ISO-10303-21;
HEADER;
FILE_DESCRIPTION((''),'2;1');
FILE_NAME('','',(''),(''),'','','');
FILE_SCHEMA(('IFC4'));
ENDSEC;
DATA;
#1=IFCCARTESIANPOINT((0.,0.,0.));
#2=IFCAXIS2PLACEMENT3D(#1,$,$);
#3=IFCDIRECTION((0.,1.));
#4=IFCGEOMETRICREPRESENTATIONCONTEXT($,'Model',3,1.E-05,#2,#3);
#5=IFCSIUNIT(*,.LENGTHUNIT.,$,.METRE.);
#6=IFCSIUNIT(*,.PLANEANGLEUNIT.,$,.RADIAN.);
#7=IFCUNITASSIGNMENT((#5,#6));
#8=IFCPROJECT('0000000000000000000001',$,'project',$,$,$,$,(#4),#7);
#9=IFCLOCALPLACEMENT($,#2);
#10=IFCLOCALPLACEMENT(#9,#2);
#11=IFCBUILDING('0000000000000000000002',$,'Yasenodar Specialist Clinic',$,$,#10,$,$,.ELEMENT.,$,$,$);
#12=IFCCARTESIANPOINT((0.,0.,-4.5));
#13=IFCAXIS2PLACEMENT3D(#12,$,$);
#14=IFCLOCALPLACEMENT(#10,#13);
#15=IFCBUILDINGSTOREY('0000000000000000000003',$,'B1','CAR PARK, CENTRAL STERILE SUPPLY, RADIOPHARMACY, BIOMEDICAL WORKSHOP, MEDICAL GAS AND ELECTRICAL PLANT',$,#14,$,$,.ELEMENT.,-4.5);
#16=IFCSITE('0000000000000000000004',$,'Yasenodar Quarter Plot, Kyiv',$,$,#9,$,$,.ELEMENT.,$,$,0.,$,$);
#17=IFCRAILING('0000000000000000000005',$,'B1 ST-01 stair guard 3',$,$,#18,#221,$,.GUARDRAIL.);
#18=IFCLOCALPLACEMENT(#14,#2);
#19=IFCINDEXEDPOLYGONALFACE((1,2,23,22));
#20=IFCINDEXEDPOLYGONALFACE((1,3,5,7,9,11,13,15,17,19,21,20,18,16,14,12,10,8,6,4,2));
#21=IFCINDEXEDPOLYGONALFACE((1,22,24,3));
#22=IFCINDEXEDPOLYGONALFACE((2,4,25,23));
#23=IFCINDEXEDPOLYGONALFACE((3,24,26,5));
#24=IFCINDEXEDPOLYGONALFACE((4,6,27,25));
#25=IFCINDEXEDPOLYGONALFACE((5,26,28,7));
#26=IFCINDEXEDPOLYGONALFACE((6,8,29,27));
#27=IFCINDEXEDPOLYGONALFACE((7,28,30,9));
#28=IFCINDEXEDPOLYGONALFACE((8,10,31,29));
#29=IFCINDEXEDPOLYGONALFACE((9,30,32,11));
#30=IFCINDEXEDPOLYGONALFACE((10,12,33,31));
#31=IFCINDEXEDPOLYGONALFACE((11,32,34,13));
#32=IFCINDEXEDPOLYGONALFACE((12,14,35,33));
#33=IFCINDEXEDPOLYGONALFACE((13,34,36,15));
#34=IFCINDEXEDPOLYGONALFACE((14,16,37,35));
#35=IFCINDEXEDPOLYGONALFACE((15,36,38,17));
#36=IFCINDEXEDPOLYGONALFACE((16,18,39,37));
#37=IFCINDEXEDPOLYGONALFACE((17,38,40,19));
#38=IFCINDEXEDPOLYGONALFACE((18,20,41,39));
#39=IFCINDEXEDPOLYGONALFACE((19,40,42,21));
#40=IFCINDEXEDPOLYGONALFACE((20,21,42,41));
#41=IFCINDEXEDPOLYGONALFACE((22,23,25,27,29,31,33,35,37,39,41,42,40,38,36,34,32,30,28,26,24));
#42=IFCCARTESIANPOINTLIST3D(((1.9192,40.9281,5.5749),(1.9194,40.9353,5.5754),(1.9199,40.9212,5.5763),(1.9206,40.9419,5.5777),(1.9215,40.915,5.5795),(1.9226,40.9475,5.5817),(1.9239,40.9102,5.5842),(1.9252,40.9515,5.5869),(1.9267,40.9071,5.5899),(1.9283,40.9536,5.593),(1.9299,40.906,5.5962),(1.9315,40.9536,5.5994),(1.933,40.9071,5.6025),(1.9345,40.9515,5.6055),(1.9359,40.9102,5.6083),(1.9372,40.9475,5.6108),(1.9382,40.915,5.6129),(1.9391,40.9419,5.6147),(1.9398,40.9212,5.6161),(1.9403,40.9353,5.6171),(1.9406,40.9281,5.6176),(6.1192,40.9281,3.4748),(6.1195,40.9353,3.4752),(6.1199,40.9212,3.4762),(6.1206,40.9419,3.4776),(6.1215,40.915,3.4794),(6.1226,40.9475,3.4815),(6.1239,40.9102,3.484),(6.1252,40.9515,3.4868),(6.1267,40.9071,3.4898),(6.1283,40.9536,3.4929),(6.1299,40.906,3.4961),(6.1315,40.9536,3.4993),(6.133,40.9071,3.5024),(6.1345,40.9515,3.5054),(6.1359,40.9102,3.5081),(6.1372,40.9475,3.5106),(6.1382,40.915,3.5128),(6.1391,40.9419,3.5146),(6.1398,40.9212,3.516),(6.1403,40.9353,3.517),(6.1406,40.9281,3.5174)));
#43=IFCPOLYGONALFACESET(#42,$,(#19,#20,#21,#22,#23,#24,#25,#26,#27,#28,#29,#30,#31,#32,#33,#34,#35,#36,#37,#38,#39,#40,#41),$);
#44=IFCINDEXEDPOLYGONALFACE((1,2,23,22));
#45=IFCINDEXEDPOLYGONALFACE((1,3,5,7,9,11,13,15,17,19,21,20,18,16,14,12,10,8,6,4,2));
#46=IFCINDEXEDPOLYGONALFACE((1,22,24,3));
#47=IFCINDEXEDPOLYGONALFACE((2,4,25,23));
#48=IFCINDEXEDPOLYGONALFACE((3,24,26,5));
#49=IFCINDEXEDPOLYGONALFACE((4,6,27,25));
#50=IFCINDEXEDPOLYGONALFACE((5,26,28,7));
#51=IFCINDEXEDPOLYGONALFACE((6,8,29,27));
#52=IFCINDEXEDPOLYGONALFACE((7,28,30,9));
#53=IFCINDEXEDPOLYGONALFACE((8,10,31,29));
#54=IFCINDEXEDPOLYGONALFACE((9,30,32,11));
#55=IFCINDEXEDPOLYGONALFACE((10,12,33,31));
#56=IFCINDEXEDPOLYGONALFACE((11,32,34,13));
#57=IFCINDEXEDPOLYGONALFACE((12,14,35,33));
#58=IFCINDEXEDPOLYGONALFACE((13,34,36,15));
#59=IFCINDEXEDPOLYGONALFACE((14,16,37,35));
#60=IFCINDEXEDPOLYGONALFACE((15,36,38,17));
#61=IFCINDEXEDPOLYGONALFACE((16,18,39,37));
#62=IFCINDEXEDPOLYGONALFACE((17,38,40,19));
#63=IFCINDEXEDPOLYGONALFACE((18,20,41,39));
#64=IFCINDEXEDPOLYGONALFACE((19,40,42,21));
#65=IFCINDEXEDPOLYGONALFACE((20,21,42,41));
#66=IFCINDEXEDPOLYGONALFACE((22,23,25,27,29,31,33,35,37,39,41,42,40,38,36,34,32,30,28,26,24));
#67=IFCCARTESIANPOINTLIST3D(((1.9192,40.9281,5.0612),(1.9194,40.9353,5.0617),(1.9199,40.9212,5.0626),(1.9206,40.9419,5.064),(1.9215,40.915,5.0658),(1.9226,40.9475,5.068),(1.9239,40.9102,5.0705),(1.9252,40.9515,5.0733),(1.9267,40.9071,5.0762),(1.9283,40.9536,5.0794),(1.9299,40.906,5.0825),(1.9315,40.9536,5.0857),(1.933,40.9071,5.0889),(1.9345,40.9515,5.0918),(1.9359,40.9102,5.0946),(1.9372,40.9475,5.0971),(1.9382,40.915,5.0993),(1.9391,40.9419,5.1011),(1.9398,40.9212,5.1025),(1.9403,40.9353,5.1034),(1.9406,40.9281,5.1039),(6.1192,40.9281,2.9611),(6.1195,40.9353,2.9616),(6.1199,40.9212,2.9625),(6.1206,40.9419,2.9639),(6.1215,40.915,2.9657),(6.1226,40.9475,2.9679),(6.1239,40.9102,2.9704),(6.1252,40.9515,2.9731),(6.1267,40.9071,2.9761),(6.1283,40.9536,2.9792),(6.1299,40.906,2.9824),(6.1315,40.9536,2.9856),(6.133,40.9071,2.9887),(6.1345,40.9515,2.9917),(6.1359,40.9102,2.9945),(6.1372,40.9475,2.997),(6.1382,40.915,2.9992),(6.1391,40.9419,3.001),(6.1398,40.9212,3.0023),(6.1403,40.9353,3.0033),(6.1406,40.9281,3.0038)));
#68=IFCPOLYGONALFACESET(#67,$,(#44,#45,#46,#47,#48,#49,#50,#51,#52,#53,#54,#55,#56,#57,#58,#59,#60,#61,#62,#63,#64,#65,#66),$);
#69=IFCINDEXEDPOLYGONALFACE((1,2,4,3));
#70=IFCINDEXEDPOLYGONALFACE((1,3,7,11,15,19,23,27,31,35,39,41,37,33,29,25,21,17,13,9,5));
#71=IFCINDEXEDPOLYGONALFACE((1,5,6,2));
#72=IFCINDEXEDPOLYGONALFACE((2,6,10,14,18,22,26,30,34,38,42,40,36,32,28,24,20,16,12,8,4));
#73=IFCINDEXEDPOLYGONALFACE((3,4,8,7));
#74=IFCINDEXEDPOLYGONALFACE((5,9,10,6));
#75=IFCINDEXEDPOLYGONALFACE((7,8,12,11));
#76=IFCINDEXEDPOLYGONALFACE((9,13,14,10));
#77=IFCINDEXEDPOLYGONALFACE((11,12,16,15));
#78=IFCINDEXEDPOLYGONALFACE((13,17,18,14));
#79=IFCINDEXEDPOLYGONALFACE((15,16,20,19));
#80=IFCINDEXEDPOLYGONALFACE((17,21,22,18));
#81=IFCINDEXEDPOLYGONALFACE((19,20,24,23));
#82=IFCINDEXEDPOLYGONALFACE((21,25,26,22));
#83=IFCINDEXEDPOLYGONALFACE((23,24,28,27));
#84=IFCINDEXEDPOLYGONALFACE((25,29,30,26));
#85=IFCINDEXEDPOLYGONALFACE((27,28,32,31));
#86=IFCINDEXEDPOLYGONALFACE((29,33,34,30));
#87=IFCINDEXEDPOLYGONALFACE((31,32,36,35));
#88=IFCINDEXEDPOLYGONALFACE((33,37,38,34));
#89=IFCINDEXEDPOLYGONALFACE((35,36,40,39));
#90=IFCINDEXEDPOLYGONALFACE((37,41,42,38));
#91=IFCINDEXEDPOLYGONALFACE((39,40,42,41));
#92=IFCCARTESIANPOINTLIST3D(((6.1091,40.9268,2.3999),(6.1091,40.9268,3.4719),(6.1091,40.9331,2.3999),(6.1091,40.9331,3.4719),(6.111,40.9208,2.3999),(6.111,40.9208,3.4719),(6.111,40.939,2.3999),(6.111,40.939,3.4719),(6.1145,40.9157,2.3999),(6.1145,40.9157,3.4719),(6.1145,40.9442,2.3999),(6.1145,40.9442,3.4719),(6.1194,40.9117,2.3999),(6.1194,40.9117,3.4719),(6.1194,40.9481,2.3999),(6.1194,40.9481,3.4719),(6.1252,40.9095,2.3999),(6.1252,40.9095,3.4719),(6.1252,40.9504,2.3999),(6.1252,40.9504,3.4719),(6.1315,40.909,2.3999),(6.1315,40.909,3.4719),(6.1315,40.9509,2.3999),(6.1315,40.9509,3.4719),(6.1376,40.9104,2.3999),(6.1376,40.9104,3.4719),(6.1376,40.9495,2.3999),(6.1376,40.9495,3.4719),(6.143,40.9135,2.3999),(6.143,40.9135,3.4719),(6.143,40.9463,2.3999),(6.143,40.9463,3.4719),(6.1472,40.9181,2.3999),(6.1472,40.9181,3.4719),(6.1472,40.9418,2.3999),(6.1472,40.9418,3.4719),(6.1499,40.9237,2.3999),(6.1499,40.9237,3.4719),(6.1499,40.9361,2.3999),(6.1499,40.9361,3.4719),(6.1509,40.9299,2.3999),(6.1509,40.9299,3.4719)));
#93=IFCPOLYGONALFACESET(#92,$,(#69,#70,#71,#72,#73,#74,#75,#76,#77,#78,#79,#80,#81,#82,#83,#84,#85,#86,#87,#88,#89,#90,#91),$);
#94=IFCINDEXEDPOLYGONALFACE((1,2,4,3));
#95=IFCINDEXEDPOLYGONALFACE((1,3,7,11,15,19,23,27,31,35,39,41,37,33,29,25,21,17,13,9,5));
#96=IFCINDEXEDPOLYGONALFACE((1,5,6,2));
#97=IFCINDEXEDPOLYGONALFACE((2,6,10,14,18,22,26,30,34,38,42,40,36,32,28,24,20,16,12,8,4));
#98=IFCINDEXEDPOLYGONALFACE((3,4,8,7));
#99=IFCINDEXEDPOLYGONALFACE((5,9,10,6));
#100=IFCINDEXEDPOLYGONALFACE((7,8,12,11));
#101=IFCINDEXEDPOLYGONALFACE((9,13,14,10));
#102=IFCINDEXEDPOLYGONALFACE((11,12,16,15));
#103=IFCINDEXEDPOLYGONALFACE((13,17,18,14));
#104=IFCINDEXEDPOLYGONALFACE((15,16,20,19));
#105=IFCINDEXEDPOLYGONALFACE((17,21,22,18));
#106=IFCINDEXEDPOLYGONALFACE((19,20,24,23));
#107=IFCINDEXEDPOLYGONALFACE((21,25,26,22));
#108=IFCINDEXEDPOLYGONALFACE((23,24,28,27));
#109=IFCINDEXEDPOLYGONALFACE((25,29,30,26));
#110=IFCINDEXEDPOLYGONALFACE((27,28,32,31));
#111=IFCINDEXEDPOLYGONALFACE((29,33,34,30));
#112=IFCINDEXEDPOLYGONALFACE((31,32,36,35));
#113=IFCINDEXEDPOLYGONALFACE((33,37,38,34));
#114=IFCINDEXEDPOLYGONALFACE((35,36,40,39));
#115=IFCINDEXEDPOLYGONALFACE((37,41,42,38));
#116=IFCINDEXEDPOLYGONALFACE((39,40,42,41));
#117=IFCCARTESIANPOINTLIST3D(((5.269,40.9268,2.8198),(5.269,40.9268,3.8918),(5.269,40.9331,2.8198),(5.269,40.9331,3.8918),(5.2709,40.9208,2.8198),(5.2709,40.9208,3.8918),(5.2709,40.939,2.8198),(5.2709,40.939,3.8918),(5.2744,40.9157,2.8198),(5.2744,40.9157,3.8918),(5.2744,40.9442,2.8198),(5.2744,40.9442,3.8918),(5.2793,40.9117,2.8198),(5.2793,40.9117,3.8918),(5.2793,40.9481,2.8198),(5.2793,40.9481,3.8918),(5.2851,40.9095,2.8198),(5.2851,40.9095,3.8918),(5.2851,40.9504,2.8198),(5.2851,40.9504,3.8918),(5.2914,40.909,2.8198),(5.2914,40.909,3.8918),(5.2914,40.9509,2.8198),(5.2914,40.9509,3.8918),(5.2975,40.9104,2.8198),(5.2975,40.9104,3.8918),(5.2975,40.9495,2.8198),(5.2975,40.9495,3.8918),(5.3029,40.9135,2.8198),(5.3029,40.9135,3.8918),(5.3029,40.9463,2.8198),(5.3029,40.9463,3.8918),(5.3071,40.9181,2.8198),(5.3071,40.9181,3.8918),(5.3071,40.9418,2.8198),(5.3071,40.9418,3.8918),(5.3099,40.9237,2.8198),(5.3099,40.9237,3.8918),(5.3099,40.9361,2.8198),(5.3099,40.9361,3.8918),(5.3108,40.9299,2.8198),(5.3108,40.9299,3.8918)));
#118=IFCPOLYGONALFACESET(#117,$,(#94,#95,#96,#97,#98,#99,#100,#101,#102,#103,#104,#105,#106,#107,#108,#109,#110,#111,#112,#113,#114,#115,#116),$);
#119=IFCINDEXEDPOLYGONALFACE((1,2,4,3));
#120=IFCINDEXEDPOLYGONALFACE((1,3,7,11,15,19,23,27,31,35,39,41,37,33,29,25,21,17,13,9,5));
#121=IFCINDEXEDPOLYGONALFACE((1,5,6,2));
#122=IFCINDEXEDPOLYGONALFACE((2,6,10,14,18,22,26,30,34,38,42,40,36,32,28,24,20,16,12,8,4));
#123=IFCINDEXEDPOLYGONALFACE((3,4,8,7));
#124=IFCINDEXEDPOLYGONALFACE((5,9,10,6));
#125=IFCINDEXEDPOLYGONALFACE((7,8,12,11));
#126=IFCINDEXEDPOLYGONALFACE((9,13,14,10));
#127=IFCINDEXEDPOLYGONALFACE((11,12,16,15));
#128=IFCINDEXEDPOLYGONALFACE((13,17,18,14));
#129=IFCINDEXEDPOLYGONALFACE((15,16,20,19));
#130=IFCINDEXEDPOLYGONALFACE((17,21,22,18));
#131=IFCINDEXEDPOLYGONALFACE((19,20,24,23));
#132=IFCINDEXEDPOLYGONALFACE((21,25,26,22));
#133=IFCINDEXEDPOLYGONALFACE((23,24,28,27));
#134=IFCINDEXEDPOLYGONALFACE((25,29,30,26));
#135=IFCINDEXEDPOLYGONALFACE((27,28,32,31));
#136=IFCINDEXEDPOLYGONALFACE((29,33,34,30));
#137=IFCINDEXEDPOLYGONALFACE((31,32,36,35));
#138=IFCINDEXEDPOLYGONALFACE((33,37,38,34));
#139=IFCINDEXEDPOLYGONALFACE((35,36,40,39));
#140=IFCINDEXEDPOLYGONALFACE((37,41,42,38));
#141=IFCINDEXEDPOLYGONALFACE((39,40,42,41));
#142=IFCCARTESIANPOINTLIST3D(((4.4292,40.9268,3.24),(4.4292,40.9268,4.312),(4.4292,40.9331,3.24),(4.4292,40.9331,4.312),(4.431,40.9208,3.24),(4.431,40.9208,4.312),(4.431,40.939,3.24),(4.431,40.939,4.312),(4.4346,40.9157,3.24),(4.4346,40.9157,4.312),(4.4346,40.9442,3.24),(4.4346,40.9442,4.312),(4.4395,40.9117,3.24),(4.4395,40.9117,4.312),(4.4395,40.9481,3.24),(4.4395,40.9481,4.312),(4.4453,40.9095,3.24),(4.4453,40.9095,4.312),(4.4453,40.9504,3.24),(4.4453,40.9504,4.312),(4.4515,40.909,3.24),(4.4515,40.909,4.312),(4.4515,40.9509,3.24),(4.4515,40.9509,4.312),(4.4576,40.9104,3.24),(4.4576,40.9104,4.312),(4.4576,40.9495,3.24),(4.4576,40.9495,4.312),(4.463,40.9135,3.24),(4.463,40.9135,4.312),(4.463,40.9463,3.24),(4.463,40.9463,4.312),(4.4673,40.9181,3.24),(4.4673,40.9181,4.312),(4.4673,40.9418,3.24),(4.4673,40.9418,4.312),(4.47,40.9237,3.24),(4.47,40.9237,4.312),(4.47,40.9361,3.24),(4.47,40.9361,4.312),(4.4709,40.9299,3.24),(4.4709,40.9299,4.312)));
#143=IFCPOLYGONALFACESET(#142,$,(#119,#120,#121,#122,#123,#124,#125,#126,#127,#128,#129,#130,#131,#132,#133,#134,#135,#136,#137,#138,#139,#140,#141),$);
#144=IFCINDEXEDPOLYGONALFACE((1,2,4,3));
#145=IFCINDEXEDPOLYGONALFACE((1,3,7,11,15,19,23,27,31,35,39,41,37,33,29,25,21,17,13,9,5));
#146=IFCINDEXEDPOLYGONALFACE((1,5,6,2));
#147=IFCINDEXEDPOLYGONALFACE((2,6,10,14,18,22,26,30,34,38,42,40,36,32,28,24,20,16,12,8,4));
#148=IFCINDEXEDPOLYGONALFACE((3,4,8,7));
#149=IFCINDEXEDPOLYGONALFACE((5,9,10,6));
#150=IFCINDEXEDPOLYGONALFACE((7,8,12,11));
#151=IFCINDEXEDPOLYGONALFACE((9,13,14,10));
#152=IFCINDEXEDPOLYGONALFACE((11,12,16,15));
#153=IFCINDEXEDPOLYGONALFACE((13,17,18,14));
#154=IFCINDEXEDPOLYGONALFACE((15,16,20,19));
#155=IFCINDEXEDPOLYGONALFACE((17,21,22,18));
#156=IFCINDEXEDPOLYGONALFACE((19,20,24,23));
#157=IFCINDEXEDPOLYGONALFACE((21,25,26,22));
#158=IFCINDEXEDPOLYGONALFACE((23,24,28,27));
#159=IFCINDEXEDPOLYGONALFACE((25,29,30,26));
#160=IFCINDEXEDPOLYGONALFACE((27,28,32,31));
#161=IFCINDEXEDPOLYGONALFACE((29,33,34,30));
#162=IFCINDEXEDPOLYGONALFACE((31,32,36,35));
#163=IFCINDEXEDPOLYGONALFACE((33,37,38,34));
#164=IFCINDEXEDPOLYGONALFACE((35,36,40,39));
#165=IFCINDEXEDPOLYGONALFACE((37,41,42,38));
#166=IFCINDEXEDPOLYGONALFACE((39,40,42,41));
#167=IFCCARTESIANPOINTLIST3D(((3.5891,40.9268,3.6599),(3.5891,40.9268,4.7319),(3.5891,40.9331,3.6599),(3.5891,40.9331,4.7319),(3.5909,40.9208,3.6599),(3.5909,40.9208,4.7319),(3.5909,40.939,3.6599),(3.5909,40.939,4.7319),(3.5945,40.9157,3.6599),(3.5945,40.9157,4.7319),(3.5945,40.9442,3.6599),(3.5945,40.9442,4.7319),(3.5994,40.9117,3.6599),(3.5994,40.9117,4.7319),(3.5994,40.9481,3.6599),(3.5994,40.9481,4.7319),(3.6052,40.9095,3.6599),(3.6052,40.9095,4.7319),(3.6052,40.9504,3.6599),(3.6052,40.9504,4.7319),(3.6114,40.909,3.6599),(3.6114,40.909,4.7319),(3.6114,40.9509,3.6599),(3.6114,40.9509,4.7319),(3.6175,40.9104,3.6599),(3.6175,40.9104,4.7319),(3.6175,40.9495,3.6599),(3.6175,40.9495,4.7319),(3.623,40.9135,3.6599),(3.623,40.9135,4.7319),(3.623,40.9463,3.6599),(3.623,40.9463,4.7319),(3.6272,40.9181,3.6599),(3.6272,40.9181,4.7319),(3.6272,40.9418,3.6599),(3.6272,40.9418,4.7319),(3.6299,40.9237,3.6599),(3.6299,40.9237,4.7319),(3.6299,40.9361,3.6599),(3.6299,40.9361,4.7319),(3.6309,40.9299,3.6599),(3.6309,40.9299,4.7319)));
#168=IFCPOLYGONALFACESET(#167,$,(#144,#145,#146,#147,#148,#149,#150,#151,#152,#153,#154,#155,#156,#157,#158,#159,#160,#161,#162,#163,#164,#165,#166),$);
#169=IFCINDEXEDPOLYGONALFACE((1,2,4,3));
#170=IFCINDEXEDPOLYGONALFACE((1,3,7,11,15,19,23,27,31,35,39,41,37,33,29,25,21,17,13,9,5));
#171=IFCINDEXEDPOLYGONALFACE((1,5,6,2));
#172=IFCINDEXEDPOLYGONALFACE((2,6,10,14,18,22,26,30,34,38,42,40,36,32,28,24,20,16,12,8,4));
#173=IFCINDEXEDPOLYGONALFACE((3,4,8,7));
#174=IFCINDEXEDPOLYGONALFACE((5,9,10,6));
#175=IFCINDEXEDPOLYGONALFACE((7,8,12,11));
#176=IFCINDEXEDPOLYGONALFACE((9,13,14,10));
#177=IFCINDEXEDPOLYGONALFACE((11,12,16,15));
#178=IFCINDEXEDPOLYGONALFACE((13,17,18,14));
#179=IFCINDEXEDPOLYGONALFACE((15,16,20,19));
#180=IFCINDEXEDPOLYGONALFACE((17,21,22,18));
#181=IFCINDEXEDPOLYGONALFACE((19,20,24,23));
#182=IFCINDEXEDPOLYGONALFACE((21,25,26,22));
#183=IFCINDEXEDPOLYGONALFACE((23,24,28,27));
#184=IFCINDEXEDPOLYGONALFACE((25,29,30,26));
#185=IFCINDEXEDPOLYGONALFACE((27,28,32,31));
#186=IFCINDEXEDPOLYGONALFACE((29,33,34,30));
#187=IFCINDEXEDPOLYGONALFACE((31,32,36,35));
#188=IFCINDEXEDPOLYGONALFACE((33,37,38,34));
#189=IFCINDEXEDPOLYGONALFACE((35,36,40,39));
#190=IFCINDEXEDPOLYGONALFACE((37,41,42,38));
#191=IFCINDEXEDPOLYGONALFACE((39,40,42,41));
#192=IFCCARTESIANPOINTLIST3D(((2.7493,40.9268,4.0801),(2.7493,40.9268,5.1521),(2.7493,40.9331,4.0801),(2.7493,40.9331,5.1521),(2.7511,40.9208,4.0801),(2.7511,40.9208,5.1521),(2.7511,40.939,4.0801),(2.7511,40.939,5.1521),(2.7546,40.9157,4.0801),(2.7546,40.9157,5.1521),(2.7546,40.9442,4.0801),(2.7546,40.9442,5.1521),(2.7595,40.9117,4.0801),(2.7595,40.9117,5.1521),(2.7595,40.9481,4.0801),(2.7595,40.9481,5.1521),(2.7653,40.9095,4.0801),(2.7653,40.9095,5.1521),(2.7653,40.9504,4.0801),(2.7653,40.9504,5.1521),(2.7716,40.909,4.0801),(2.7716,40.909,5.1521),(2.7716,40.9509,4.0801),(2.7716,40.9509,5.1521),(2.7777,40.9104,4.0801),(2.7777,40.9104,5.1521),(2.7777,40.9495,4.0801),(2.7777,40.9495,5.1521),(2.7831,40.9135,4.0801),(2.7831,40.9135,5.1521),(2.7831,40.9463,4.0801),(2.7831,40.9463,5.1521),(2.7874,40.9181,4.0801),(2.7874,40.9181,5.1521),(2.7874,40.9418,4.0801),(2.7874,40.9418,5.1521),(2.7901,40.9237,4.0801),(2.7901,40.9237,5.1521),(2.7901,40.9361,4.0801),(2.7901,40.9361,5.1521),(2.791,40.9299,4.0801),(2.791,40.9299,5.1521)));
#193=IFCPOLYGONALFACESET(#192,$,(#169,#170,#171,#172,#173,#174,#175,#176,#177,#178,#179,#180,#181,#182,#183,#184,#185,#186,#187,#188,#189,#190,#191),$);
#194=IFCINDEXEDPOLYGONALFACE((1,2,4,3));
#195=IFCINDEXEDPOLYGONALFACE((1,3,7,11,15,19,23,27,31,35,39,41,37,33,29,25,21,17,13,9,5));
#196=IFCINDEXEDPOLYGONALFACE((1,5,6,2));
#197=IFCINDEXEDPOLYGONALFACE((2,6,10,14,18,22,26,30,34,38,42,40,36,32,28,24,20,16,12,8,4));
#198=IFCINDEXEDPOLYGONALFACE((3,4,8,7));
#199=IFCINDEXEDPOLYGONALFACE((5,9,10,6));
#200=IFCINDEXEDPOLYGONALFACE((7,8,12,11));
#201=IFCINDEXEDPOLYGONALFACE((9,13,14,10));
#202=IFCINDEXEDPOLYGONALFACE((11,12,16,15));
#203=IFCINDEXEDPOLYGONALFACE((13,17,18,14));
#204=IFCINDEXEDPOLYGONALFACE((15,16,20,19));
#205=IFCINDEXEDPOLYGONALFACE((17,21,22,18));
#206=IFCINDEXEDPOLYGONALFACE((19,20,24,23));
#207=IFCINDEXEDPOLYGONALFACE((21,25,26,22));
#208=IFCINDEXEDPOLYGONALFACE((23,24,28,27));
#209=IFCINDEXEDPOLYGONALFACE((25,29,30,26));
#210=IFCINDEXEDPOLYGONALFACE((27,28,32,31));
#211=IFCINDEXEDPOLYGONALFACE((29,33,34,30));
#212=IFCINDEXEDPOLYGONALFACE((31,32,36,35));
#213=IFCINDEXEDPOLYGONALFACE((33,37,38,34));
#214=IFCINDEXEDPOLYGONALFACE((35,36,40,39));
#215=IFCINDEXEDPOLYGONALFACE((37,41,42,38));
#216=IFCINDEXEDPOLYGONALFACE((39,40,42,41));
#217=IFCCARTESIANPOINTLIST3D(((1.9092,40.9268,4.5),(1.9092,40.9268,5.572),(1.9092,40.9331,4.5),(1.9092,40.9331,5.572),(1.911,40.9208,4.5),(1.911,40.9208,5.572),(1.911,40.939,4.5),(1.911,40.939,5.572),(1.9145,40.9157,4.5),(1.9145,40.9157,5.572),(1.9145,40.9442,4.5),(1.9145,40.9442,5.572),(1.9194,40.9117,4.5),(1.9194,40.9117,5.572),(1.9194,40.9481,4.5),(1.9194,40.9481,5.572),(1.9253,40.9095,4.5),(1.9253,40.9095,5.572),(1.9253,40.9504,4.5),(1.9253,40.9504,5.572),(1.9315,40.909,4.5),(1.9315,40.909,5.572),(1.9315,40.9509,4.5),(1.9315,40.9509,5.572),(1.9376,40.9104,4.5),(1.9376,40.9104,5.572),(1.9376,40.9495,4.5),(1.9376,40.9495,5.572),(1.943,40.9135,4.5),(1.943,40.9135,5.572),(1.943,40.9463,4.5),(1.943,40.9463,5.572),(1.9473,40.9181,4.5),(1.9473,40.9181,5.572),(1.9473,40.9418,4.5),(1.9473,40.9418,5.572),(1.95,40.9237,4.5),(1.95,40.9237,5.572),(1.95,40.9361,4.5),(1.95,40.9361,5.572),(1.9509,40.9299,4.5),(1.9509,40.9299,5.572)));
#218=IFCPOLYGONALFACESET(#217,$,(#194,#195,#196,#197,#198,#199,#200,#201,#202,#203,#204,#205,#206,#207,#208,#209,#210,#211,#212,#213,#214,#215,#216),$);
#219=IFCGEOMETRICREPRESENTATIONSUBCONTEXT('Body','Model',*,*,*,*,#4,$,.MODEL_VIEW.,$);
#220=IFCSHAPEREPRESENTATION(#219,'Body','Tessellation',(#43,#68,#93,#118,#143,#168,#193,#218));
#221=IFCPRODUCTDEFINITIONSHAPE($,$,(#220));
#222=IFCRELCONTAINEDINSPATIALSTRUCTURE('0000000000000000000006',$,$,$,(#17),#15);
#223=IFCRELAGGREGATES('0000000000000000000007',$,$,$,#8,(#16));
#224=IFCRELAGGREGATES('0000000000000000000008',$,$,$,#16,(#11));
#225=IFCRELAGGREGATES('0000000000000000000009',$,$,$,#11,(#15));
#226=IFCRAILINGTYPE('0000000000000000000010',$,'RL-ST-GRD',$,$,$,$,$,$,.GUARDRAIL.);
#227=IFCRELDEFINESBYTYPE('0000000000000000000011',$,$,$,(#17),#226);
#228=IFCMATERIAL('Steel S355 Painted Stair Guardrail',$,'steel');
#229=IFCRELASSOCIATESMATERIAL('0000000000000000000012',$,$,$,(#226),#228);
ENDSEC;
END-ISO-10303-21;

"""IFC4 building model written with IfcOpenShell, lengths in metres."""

from ifc_helpers import new_model, si_unit, direction, frame, origin, origin_2d, place, context, subcontext, project, spatial, circle, extrude, material, type_object, element, save


model = new_model("IFC4")

# Units and contexts
model_context = context("Model", 3, precision=1e-05, world=origin(), true_north=direction((0.0, 1.0)))
body_context = subcontext(model_context, "Body", "Model", "MODEL_VIEW")
ifc_project = project(units=[si_unit("LENGTHUNIT", "METRE"), si_unit("PLANEANGLEUNIT", "RADIAN")], contexts=[model_context])

# Site, building, storey
site_placement = place(None, origin())
site = spatial("IfcSite", under=ifc_project, at=site_placement, Name="Yasenodar Quarter Plot, Kyiv", CompositionType="ELEMENT", RefElevation=0.0)
building_placement = place(site_placement, origin())
building = spatial("IfcBuilding", under=site, at=building_placement, Name="Yasenodar Specialist Clinic", CompositionType="ELEMENT")
storey_placement = place(building_placement, frame((0.0, 0.0, -4.5)))
storey = spatial("IfcBuildingStorey", under=building, at=storey_placement, Name="B1", Description="CAR PARK, CENTRAL STERILE SUPPLY, RADIOPHARMACY, BIOMEDICAL WORKSHOP, MEDICAL GAS AND ELECTRICAL PLANT", CompositionType="ELEMENT", Elevation=-4.5)

# Railing
ifc_material_1 = material(Name="Steel S355 Painted Stair Guardrail", Category="steel")
railing_type_1 = type_object("IfcRailingType", Name="RL-ST-GRD", PredefinedType="GUARDRAIL", material=ifc_material_1)
railing_1_placement = place(storey_placement, frame((6.1299, 40.9299, 2.3999)))
element("IfcRailing", 1, at=railing_1_placement, inside=storey, type_object=railing_type_1, Name="B1 ST-01 stair guard 3", PredefinedType="GUARDRAIL", context=body_context, shape_type="SweptSolid", body=[
    extrude(circle(Radius=0.0239, at=origin_2d()), frame((0.0, 0.0, 1.0962), z_axis=(-0.894417, 0.0, 0.447234), x_axis=(0.0, -1.0, 0.0)), (0.0, 0.0, 1.0), 4.6958),
    extrude(circle(Radius=0.0239, at=origin_2d()), frame((0.0, 0.0, 0.5825), z_axis=(-0.894417, 0.0, 0.447234), x_axis=(0.0, -1.0, 0.0)), (0.0, 0.0, 1.0), 4.6958),
    extrude(circle(Radius=0.021, at=origin_2d()), origin(), (0.0, 0.0, 1.0), 1.072),
    extrude(circle(Radius=0.021, at=origin_2d()), frame((-0.8401, 0.0, 0.4199)), (0.0, 0.0, 1.0), 1.072),
    extrude(circle(Radius=0.021, at=origin_2d()), frame((-1.6799, 0.0, 0.8401)), (0.0, 0.0, 1.0), 1.072),
    extrude(circle(Radius=0.021, at=origin_2d()), frame((-2.52, 0.0, 1.26)), (0.0, 0.0, 1.0), 1.072),
    extrude(circle(Radius=0.021, at=origin_2d()), frame((-3.3599, 0.0, 1.6802)), (0.0, 0.0, 1.0), 1.072),
    extrude(circle(Radius=0.021, at=origin_2d()), frame((-4.2, 0.0, 2.1001)), (0.0, 0.0, 1.0), 1.072),
])

save(model, "model.ifc")
